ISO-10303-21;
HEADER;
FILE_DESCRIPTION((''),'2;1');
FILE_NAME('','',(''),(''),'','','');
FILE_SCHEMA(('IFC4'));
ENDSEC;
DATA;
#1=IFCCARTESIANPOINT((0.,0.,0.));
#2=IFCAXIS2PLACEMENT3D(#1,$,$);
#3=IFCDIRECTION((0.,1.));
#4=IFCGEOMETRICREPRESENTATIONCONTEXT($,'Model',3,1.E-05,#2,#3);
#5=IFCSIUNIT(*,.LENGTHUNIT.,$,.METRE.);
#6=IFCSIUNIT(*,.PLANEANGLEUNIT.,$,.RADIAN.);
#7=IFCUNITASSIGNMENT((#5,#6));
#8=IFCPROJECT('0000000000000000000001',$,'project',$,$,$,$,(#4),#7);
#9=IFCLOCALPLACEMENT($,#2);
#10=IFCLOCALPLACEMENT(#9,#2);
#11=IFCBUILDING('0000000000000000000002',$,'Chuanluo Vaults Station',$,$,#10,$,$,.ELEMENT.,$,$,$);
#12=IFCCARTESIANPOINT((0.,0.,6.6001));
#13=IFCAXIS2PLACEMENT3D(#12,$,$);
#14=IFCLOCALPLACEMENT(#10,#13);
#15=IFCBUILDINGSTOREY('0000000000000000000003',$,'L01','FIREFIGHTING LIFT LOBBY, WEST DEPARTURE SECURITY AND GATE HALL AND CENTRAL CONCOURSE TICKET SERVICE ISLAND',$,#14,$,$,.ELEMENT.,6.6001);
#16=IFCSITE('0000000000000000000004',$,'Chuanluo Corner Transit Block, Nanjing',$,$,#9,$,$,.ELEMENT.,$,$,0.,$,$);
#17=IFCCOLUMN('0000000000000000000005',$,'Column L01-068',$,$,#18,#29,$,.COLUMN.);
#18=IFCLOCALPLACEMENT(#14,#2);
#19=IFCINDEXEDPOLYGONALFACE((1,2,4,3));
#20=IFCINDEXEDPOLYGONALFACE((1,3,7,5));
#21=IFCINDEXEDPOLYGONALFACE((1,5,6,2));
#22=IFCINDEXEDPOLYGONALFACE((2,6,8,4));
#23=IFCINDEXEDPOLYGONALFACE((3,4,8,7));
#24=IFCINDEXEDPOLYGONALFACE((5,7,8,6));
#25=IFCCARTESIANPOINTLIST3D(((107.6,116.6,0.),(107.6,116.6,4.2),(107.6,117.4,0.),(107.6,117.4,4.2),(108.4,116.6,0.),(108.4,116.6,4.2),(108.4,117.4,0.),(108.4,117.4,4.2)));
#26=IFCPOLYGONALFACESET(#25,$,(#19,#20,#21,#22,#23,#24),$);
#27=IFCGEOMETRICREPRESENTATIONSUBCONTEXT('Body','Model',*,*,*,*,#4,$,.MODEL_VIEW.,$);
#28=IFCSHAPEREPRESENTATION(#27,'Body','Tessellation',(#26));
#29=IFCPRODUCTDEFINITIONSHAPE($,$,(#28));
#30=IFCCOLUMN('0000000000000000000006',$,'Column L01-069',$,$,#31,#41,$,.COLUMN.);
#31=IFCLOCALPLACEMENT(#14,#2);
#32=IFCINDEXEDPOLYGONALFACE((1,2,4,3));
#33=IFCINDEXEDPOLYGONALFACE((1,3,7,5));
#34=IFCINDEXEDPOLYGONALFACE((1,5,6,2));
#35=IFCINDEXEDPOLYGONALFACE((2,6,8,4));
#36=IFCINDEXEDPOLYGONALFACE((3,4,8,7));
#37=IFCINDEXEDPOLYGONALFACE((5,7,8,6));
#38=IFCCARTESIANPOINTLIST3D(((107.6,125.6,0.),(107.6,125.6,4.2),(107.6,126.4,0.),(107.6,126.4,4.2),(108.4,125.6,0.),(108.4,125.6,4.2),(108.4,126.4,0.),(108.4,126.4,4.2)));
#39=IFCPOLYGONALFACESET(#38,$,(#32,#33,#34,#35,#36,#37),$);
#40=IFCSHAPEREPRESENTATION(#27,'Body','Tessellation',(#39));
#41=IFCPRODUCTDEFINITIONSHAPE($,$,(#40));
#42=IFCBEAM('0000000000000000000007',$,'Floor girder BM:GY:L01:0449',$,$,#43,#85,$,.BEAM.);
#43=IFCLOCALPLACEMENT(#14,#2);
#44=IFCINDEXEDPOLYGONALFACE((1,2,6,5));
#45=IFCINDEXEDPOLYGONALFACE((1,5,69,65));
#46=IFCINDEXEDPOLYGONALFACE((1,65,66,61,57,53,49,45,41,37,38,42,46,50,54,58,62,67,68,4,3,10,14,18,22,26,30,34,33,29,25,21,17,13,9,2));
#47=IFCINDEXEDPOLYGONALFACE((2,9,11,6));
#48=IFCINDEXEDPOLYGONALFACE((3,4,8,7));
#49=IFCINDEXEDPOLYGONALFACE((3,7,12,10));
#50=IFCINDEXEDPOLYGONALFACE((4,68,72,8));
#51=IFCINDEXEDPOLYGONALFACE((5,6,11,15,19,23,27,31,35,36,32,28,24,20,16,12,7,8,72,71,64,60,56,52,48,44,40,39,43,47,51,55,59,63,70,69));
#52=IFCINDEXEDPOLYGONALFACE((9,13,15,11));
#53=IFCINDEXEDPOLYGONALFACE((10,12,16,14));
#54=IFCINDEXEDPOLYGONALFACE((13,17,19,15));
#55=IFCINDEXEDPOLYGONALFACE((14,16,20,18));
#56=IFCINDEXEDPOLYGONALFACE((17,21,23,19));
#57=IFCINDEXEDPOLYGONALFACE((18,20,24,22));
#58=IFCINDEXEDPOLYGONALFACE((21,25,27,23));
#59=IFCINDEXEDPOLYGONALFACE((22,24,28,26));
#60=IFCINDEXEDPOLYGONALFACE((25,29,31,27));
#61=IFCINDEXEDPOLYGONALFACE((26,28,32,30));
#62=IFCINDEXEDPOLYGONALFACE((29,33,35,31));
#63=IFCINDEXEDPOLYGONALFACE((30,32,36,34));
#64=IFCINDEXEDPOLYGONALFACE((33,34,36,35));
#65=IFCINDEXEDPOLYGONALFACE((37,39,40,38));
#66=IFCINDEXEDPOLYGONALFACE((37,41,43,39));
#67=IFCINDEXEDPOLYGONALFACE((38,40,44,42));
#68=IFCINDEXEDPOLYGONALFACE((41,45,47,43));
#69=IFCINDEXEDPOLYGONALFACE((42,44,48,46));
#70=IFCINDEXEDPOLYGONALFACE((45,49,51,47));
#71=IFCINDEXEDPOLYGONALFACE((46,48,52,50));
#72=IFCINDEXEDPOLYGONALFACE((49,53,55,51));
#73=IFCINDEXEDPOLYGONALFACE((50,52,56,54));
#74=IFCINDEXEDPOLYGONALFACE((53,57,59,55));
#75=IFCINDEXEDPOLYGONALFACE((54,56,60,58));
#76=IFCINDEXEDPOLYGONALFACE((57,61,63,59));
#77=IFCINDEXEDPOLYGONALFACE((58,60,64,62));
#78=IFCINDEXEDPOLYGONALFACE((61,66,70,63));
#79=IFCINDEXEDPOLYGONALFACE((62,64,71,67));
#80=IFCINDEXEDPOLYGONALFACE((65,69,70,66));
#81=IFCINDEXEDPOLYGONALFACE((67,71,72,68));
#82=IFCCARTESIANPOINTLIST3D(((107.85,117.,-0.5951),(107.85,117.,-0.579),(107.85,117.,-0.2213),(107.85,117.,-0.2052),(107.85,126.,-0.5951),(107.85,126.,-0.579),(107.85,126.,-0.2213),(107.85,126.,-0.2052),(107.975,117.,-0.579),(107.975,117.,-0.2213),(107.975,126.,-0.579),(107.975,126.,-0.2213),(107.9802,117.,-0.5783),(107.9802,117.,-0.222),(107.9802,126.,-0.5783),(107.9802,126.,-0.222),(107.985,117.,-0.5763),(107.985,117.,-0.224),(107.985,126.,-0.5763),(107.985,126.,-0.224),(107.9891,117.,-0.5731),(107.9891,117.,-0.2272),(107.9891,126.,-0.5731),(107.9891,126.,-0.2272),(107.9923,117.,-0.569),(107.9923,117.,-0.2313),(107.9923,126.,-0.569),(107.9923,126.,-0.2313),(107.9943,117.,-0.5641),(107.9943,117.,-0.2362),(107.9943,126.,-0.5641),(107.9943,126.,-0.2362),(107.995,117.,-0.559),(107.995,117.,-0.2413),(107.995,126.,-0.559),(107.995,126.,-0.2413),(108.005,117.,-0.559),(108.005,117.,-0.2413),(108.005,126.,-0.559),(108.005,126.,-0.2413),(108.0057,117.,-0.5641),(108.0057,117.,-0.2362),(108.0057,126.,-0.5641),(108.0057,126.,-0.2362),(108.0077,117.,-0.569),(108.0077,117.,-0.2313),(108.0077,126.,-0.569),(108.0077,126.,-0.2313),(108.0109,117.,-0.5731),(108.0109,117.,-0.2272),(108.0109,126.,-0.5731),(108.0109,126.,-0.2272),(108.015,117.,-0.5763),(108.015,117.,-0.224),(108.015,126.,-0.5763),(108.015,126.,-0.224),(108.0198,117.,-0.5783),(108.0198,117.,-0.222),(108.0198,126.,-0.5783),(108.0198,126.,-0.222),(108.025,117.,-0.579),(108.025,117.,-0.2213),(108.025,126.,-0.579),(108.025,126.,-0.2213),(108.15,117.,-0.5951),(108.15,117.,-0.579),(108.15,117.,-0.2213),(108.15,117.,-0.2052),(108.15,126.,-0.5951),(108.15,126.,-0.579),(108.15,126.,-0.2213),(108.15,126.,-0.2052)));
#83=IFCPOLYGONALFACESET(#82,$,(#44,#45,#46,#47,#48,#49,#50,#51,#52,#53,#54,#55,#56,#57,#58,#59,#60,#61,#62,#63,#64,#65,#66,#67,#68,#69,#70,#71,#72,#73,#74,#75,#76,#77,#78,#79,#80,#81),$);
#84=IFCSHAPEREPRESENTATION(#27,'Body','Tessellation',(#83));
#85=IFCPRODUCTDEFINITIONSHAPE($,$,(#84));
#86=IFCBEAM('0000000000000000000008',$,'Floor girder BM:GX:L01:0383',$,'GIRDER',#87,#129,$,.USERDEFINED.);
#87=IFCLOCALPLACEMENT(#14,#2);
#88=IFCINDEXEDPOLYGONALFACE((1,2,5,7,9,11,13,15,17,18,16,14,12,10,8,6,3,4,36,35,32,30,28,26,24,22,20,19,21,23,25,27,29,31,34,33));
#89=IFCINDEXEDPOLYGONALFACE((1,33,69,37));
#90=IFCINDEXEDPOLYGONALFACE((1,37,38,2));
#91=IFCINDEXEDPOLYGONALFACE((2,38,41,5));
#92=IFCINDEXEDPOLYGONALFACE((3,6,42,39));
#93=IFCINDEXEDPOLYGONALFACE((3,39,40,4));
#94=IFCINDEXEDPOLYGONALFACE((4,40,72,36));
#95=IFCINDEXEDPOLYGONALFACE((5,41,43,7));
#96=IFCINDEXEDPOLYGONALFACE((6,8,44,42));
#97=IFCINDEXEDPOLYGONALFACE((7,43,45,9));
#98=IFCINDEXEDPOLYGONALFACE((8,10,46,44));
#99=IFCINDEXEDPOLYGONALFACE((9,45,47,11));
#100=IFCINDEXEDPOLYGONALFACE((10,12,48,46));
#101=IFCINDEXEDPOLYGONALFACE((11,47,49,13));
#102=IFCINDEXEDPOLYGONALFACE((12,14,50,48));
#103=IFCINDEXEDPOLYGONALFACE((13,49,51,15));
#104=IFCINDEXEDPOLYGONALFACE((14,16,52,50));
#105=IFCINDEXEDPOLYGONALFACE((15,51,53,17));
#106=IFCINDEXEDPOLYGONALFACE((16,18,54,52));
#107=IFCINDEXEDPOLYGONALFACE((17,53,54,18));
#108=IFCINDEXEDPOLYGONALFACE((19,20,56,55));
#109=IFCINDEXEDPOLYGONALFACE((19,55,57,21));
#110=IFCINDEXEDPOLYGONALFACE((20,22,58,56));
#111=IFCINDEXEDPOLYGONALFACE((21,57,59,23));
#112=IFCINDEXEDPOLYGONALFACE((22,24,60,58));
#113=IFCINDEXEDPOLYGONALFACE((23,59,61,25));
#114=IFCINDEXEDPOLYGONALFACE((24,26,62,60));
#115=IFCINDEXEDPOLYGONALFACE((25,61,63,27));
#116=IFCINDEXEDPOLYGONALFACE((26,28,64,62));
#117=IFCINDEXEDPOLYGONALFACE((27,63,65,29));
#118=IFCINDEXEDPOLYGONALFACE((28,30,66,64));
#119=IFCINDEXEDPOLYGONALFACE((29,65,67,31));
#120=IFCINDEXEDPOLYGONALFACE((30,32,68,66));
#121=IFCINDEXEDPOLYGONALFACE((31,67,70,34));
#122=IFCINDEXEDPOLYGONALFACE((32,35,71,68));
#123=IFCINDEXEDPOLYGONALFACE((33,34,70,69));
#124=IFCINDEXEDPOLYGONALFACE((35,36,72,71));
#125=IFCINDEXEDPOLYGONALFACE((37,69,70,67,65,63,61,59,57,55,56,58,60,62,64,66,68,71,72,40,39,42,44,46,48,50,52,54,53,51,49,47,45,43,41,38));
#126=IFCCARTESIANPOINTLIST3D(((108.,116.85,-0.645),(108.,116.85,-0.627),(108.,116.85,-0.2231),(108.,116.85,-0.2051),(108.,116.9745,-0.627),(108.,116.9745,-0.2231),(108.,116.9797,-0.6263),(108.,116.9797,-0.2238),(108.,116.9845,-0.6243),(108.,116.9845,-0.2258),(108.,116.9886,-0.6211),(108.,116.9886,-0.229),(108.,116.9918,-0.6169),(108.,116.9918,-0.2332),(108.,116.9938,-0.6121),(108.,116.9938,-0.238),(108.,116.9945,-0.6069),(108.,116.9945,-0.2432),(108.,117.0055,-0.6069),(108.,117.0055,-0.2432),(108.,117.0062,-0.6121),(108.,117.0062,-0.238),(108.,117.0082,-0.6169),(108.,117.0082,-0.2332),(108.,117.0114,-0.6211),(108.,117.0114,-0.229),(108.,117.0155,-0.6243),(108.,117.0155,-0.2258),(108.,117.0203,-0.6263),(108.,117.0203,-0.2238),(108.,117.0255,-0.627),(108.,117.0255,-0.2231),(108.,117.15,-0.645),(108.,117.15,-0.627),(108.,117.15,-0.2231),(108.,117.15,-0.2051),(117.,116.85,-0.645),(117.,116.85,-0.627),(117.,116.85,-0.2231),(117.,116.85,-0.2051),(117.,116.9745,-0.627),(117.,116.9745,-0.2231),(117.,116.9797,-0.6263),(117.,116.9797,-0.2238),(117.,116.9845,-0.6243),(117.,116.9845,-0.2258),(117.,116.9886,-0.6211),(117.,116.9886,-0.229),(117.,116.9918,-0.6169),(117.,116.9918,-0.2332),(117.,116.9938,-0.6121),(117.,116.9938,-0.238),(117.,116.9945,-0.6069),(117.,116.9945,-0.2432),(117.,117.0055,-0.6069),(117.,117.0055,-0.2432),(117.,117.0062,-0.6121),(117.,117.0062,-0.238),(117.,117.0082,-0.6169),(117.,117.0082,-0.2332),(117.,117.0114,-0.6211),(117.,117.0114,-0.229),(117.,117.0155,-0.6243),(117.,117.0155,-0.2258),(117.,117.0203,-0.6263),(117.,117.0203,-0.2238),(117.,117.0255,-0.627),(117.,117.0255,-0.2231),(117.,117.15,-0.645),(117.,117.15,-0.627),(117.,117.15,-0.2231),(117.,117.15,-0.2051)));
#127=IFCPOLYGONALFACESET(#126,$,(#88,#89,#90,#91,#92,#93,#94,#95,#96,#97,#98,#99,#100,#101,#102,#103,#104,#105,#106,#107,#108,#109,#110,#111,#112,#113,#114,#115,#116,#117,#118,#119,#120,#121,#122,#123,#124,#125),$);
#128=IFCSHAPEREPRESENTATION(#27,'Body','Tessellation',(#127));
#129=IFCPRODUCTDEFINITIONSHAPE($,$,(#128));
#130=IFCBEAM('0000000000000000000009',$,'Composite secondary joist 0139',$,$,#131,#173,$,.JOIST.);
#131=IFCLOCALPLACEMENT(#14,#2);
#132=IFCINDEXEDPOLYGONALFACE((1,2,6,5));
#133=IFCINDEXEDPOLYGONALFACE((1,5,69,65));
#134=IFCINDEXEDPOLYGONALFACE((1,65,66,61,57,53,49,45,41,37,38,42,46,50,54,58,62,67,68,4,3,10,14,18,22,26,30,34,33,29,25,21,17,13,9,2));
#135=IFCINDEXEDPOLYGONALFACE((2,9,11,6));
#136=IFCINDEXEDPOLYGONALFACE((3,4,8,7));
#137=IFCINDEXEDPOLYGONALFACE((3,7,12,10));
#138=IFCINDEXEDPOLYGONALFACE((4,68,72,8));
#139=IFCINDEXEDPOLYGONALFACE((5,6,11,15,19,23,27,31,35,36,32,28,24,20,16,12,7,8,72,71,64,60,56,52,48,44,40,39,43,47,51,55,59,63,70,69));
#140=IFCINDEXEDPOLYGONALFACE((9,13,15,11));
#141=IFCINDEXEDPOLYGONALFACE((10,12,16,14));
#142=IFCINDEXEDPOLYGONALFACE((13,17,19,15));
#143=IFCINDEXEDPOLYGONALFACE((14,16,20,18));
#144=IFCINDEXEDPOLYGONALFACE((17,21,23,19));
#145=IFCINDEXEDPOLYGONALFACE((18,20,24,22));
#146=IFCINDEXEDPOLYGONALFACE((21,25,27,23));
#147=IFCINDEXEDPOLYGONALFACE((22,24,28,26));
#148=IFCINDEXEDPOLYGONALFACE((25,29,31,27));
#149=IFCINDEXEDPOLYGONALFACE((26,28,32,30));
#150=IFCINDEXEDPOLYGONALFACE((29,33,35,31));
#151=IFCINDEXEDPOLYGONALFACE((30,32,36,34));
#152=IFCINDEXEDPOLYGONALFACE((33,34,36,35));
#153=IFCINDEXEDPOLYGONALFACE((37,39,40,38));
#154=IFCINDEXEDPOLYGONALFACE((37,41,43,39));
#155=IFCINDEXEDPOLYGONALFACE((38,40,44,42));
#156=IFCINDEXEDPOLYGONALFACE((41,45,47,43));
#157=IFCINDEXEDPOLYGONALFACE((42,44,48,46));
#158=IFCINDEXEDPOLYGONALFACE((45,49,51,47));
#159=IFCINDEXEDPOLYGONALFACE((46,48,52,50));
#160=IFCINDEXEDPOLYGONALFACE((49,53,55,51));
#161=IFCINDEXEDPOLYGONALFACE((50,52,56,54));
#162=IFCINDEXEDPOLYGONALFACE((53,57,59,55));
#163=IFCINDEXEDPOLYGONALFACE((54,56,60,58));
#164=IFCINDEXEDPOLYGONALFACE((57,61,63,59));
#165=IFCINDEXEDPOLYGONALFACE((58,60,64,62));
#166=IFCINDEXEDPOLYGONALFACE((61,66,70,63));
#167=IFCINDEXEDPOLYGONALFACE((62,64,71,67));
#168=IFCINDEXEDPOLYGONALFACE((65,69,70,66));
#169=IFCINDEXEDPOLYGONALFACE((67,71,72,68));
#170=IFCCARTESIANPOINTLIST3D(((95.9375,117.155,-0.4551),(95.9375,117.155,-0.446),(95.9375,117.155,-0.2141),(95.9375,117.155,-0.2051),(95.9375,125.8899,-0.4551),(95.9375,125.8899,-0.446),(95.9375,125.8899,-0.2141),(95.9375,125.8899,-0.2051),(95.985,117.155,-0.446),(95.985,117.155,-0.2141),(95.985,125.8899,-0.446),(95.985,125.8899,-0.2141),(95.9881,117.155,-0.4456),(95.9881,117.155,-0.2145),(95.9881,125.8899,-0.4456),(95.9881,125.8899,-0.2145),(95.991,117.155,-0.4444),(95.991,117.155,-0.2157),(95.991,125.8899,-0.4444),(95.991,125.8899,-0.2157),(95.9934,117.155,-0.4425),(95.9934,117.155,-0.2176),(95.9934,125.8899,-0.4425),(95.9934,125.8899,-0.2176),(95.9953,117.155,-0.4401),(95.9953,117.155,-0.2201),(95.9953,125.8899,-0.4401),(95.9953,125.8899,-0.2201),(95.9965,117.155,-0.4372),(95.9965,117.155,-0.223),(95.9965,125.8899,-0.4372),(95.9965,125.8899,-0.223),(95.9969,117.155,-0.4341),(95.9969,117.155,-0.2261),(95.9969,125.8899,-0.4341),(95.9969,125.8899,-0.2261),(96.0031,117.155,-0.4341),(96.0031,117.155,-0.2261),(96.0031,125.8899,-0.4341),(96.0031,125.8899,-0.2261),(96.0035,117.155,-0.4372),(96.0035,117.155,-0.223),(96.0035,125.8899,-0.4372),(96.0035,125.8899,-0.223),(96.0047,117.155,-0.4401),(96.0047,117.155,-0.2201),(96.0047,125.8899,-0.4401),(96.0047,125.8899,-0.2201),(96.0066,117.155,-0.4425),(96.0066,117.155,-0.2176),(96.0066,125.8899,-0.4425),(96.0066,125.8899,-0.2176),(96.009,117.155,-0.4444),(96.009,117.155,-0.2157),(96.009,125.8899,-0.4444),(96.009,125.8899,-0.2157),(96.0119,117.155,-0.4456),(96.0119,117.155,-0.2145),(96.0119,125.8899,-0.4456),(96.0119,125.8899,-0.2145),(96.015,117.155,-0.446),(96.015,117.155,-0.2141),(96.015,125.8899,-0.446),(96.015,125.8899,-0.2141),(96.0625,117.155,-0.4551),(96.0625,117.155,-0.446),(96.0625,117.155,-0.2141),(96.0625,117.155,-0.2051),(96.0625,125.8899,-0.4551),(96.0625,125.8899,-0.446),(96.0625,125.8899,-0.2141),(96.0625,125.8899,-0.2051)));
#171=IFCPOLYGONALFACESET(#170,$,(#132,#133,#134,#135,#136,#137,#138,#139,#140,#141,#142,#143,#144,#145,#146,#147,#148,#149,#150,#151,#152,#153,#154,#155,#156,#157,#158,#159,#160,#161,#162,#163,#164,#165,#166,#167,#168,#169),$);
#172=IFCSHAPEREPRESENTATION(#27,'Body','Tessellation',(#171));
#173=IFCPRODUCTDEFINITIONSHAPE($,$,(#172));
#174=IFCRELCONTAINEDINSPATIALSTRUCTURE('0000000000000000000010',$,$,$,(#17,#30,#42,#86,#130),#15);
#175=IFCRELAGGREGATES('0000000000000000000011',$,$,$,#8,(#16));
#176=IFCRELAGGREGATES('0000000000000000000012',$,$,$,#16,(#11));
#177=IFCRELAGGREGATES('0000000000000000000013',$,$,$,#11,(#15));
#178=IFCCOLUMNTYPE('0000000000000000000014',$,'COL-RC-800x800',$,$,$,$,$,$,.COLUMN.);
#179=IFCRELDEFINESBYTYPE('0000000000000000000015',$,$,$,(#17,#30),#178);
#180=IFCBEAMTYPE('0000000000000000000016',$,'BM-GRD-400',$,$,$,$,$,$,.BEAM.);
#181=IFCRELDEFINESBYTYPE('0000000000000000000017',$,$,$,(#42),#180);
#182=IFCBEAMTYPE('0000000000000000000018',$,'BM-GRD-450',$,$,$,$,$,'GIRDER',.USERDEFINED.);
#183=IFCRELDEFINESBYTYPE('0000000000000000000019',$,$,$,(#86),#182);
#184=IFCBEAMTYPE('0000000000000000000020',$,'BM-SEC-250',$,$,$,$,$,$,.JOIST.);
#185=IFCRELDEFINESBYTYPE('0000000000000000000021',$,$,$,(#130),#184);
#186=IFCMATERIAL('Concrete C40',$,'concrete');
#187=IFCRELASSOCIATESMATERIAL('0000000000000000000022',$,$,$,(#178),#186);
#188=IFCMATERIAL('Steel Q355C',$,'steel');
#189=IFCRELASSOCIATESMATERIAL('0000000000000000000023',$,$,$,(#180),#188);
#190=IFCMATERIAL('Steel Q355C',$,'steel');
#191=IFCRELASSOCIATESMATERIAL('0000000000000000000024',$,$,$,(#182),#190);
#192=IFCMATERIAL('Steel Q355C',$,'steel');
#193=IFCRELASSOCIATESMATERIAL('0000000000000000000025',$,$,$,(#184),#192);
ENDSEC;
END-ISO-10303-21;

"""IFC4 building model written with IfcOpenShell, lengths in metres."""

from ifc_helpers import new_model, si_unit, direction, frame, origin, origin_2d, place, context, subcontext, project, spatial, rectangle, i_section, extrude, material, material_profile, profile_set, type_object, element, save


model = new_model("IFC4")

# Units and contexts
model_context = context("Model", 3, precision=1e-05, world=origin(), true_north=direction((0.0, 1.0)))
body_context = subcontext(model_context, "Body", "Model", "MODEL_VIEW")
ifc_project = project(units=[si_unit("LENGTHUNIT", "METRE"), si_unit("PLANEANGLEUNIT", "RADIAN")], contexts=[model_context])

# Site, building, storey
site_placement = place(None, origin())
site = spatial("IfcSite", under=ifc_project, at=site_placement, Name="Chuanluo Corner Transit Block, Nanjing", CompositionType="ELEMENT", RefElevation=0.0)
building_placement = place(site_placement, origin())
building = spatial("IfcBuilding", under=site, at=building_placement, Name="Chuanluo Vaults Station", CompositionType="ELEMENT")
storey_placement = place(building_placement, frame((0.0, 0.0, 6.6001)))
storey = spatial("IfcBuildingStorey", under=building, at=storey_placement, Name="L01", Description="FIREFIGHTING LIFT LOBBY, WEST DEPARTURE SECURITY AND GATE HALL AND CENTRAL CONCOURSE TICKET SERVICE ISLAND", CompositionType="ELEMENT", Elevation=6.6001)

# Columns
ifc_material_1 = material(Name="Concrete C40", Category="concrete")
ifc_material_profile_1 = material_profile(ifc_material_1, rectangle(XDim=0.8, YDim=0.8, at=origin_2d()))
ifc_profile_set_1 = profile_set([ifc_material_profile_1], Name="Concrete C40")
column_type = type_object("IfcColumnType", Name="COL-RC-800x800", PredefinedType="COLUMN", material=ifc_profile_set_1)
for number, where, z_axis, x_axis, name in (
    (1, (108.0, 117.0, 0.0), (0.0, 0.0, 1.0), (1.0, 0.0, 0.0), "Column L01-068"),
    (2, (108.0, 126.0, 0.0), (0.0, 0.0, 1.0), (1.0, 0.0, 0.0), "Column L01-069"),
):
    element("IfcColumn", number, at=place(storey_placement, frame(where, z_axis=z_axis, x_axis=x_axis)), inside=storey, type_object=column_type, Name=name, PredefinedType="COLUMN", context=body_context, shape_type="SweptSolid", body=[
        extrude(rectangle(XDim=0.8, YDim=0.8, at=origin_2d()), origin(), (0.0, 0.0, 1.0), 4.2),
    ])

# Beams
ifc_material_2 = material(Name="Steel Q355C", Category="steel")
ifc_material_profile_2 = material_profile(ifc_material_2, i_section(OverallWidth=0.3, OverallDepth=0.3899, WebThickness=0.01, FlangeThickness=0.0161, FilletRadius=0.02, at=origin_2d()))
ifc_profile_set_2 = profile_set([ifc_material_profile_2], Name="Steel Q355C")
beam_type_1 = type_object("IfcBeamType", Name="BM-GRD-400", PredefinedType="BEAM", material=ifc_profile_set_2)
beam_1_placement = place(storey_placement, frame((108.0, 117.0, -0.4001), z_axis=(0.0, 1.0, 0.0), x_axis=(-1.0, 0.0, 0.0)))
element("IfcBeam", 3, at=beam_1_placement, inside=storey, type_object=beam_type_1, Name="Floor girder BM:GY:L01:0449", PredefinedType="BEAM", context=body_context, shape_type="SweptSolid", body=[
    extrude(i_section(OverallWidth=0.3, OverallDepth=0.3899, WebThickness=0.01, FlangeThickness=0.0161, FilletRadius=0.02, at=origin_2d()), origin(), (0.0, 0.0, 1.0), 9.0),
])
ifc_material_3 = material(Name="Steel Q355C", Category="steel")
ifc_material_profile_3 = material_profile(ifc_material_3, i_section(OverallWidth=0.3, OverallDepth=0.4399, WebThickness=0.011, FlangeThickness=0.0181, FilletRadius=0.02, at=origin_2d()))
ifc_profile_set_3 = profile_set([ifc_material_profile_3], Name="Steel Q355C")
beam_type_2 = type_object("IfcBeamType", Name="BM-GRD-450", ElementType="GIRDER", PredefinedType="USERDEFINED", material=ifc_profile_set_3)
beam_2_placement = place(storey_placement, frame((108.0, 117.0, -0.425), z_axis=(1.0, 0.0, 0.0), x_axis=(0.0, 1.0, 0.0)))
element("IfcBeam", 4, at=beam_2_placement, inside=storey, type_object=beam_type_2, Name="Floor girder BM:GX:L01:0383", ObjectType="GIRDER", PredefinedType="USERDEFINED", context=body_context, shape_type="SweptSolid", body=[
    extrude(i_section(OverallWidth=0.3, OverallDepth=0.4399, WebThickness=0.011, FlangeThickness=0.0181, FilletRadius=0.02, at=origin_2d()), origin(), (0.0, 0.0, 1.0), 9.0),
])
ifc_material_4 = material(Name="Steel Q355C", Category="steel")
ifc_material_profile_4 = material_profile(ifc_material_4, i_section(OverallWidth=0.125, OverallDepth=0.25, WebThickness=0.0061, FlangeThickness=0.009, FilletRadius=0.012, at=origin_2d()))
ifc_profile_set_4 = profile_set([ifc_material_profile_4], Name="Steel Q355C")
beam_type_3 = type_object("IfcBeamType", Name="BM-SEC-250", PredefinedType="JOIST", material=ifc_profile_set_4)
for number, where, z_axis, x_axis, name in (
    (5, (96.0, 117.155, -0.3301), (0.0, 1.0, 0.0), (-1.0, 0.0, 0.0), "Composite secondary joist 0139"),
):
    element("IfcBeam", number, at=place(storey_placement, frame(where, z_axis=z_axis, x_axis=x_axis)), inside=storey, type_object=beam_type_3, Name=name, PredefinedType="JOIST", context=body_context, shape_type="SweptSolid", body=[
        extrude(i_section(OverallWidth=0.125, OverallDepth=0.25, WebThickness=0.0061, FlangeThickness=0.009, FilletRadius=0.012, at=origin_2d()), origin(), (0.0, 0.0, 1.0), 8.7349),
    ])

save(model, "model.ifc")
